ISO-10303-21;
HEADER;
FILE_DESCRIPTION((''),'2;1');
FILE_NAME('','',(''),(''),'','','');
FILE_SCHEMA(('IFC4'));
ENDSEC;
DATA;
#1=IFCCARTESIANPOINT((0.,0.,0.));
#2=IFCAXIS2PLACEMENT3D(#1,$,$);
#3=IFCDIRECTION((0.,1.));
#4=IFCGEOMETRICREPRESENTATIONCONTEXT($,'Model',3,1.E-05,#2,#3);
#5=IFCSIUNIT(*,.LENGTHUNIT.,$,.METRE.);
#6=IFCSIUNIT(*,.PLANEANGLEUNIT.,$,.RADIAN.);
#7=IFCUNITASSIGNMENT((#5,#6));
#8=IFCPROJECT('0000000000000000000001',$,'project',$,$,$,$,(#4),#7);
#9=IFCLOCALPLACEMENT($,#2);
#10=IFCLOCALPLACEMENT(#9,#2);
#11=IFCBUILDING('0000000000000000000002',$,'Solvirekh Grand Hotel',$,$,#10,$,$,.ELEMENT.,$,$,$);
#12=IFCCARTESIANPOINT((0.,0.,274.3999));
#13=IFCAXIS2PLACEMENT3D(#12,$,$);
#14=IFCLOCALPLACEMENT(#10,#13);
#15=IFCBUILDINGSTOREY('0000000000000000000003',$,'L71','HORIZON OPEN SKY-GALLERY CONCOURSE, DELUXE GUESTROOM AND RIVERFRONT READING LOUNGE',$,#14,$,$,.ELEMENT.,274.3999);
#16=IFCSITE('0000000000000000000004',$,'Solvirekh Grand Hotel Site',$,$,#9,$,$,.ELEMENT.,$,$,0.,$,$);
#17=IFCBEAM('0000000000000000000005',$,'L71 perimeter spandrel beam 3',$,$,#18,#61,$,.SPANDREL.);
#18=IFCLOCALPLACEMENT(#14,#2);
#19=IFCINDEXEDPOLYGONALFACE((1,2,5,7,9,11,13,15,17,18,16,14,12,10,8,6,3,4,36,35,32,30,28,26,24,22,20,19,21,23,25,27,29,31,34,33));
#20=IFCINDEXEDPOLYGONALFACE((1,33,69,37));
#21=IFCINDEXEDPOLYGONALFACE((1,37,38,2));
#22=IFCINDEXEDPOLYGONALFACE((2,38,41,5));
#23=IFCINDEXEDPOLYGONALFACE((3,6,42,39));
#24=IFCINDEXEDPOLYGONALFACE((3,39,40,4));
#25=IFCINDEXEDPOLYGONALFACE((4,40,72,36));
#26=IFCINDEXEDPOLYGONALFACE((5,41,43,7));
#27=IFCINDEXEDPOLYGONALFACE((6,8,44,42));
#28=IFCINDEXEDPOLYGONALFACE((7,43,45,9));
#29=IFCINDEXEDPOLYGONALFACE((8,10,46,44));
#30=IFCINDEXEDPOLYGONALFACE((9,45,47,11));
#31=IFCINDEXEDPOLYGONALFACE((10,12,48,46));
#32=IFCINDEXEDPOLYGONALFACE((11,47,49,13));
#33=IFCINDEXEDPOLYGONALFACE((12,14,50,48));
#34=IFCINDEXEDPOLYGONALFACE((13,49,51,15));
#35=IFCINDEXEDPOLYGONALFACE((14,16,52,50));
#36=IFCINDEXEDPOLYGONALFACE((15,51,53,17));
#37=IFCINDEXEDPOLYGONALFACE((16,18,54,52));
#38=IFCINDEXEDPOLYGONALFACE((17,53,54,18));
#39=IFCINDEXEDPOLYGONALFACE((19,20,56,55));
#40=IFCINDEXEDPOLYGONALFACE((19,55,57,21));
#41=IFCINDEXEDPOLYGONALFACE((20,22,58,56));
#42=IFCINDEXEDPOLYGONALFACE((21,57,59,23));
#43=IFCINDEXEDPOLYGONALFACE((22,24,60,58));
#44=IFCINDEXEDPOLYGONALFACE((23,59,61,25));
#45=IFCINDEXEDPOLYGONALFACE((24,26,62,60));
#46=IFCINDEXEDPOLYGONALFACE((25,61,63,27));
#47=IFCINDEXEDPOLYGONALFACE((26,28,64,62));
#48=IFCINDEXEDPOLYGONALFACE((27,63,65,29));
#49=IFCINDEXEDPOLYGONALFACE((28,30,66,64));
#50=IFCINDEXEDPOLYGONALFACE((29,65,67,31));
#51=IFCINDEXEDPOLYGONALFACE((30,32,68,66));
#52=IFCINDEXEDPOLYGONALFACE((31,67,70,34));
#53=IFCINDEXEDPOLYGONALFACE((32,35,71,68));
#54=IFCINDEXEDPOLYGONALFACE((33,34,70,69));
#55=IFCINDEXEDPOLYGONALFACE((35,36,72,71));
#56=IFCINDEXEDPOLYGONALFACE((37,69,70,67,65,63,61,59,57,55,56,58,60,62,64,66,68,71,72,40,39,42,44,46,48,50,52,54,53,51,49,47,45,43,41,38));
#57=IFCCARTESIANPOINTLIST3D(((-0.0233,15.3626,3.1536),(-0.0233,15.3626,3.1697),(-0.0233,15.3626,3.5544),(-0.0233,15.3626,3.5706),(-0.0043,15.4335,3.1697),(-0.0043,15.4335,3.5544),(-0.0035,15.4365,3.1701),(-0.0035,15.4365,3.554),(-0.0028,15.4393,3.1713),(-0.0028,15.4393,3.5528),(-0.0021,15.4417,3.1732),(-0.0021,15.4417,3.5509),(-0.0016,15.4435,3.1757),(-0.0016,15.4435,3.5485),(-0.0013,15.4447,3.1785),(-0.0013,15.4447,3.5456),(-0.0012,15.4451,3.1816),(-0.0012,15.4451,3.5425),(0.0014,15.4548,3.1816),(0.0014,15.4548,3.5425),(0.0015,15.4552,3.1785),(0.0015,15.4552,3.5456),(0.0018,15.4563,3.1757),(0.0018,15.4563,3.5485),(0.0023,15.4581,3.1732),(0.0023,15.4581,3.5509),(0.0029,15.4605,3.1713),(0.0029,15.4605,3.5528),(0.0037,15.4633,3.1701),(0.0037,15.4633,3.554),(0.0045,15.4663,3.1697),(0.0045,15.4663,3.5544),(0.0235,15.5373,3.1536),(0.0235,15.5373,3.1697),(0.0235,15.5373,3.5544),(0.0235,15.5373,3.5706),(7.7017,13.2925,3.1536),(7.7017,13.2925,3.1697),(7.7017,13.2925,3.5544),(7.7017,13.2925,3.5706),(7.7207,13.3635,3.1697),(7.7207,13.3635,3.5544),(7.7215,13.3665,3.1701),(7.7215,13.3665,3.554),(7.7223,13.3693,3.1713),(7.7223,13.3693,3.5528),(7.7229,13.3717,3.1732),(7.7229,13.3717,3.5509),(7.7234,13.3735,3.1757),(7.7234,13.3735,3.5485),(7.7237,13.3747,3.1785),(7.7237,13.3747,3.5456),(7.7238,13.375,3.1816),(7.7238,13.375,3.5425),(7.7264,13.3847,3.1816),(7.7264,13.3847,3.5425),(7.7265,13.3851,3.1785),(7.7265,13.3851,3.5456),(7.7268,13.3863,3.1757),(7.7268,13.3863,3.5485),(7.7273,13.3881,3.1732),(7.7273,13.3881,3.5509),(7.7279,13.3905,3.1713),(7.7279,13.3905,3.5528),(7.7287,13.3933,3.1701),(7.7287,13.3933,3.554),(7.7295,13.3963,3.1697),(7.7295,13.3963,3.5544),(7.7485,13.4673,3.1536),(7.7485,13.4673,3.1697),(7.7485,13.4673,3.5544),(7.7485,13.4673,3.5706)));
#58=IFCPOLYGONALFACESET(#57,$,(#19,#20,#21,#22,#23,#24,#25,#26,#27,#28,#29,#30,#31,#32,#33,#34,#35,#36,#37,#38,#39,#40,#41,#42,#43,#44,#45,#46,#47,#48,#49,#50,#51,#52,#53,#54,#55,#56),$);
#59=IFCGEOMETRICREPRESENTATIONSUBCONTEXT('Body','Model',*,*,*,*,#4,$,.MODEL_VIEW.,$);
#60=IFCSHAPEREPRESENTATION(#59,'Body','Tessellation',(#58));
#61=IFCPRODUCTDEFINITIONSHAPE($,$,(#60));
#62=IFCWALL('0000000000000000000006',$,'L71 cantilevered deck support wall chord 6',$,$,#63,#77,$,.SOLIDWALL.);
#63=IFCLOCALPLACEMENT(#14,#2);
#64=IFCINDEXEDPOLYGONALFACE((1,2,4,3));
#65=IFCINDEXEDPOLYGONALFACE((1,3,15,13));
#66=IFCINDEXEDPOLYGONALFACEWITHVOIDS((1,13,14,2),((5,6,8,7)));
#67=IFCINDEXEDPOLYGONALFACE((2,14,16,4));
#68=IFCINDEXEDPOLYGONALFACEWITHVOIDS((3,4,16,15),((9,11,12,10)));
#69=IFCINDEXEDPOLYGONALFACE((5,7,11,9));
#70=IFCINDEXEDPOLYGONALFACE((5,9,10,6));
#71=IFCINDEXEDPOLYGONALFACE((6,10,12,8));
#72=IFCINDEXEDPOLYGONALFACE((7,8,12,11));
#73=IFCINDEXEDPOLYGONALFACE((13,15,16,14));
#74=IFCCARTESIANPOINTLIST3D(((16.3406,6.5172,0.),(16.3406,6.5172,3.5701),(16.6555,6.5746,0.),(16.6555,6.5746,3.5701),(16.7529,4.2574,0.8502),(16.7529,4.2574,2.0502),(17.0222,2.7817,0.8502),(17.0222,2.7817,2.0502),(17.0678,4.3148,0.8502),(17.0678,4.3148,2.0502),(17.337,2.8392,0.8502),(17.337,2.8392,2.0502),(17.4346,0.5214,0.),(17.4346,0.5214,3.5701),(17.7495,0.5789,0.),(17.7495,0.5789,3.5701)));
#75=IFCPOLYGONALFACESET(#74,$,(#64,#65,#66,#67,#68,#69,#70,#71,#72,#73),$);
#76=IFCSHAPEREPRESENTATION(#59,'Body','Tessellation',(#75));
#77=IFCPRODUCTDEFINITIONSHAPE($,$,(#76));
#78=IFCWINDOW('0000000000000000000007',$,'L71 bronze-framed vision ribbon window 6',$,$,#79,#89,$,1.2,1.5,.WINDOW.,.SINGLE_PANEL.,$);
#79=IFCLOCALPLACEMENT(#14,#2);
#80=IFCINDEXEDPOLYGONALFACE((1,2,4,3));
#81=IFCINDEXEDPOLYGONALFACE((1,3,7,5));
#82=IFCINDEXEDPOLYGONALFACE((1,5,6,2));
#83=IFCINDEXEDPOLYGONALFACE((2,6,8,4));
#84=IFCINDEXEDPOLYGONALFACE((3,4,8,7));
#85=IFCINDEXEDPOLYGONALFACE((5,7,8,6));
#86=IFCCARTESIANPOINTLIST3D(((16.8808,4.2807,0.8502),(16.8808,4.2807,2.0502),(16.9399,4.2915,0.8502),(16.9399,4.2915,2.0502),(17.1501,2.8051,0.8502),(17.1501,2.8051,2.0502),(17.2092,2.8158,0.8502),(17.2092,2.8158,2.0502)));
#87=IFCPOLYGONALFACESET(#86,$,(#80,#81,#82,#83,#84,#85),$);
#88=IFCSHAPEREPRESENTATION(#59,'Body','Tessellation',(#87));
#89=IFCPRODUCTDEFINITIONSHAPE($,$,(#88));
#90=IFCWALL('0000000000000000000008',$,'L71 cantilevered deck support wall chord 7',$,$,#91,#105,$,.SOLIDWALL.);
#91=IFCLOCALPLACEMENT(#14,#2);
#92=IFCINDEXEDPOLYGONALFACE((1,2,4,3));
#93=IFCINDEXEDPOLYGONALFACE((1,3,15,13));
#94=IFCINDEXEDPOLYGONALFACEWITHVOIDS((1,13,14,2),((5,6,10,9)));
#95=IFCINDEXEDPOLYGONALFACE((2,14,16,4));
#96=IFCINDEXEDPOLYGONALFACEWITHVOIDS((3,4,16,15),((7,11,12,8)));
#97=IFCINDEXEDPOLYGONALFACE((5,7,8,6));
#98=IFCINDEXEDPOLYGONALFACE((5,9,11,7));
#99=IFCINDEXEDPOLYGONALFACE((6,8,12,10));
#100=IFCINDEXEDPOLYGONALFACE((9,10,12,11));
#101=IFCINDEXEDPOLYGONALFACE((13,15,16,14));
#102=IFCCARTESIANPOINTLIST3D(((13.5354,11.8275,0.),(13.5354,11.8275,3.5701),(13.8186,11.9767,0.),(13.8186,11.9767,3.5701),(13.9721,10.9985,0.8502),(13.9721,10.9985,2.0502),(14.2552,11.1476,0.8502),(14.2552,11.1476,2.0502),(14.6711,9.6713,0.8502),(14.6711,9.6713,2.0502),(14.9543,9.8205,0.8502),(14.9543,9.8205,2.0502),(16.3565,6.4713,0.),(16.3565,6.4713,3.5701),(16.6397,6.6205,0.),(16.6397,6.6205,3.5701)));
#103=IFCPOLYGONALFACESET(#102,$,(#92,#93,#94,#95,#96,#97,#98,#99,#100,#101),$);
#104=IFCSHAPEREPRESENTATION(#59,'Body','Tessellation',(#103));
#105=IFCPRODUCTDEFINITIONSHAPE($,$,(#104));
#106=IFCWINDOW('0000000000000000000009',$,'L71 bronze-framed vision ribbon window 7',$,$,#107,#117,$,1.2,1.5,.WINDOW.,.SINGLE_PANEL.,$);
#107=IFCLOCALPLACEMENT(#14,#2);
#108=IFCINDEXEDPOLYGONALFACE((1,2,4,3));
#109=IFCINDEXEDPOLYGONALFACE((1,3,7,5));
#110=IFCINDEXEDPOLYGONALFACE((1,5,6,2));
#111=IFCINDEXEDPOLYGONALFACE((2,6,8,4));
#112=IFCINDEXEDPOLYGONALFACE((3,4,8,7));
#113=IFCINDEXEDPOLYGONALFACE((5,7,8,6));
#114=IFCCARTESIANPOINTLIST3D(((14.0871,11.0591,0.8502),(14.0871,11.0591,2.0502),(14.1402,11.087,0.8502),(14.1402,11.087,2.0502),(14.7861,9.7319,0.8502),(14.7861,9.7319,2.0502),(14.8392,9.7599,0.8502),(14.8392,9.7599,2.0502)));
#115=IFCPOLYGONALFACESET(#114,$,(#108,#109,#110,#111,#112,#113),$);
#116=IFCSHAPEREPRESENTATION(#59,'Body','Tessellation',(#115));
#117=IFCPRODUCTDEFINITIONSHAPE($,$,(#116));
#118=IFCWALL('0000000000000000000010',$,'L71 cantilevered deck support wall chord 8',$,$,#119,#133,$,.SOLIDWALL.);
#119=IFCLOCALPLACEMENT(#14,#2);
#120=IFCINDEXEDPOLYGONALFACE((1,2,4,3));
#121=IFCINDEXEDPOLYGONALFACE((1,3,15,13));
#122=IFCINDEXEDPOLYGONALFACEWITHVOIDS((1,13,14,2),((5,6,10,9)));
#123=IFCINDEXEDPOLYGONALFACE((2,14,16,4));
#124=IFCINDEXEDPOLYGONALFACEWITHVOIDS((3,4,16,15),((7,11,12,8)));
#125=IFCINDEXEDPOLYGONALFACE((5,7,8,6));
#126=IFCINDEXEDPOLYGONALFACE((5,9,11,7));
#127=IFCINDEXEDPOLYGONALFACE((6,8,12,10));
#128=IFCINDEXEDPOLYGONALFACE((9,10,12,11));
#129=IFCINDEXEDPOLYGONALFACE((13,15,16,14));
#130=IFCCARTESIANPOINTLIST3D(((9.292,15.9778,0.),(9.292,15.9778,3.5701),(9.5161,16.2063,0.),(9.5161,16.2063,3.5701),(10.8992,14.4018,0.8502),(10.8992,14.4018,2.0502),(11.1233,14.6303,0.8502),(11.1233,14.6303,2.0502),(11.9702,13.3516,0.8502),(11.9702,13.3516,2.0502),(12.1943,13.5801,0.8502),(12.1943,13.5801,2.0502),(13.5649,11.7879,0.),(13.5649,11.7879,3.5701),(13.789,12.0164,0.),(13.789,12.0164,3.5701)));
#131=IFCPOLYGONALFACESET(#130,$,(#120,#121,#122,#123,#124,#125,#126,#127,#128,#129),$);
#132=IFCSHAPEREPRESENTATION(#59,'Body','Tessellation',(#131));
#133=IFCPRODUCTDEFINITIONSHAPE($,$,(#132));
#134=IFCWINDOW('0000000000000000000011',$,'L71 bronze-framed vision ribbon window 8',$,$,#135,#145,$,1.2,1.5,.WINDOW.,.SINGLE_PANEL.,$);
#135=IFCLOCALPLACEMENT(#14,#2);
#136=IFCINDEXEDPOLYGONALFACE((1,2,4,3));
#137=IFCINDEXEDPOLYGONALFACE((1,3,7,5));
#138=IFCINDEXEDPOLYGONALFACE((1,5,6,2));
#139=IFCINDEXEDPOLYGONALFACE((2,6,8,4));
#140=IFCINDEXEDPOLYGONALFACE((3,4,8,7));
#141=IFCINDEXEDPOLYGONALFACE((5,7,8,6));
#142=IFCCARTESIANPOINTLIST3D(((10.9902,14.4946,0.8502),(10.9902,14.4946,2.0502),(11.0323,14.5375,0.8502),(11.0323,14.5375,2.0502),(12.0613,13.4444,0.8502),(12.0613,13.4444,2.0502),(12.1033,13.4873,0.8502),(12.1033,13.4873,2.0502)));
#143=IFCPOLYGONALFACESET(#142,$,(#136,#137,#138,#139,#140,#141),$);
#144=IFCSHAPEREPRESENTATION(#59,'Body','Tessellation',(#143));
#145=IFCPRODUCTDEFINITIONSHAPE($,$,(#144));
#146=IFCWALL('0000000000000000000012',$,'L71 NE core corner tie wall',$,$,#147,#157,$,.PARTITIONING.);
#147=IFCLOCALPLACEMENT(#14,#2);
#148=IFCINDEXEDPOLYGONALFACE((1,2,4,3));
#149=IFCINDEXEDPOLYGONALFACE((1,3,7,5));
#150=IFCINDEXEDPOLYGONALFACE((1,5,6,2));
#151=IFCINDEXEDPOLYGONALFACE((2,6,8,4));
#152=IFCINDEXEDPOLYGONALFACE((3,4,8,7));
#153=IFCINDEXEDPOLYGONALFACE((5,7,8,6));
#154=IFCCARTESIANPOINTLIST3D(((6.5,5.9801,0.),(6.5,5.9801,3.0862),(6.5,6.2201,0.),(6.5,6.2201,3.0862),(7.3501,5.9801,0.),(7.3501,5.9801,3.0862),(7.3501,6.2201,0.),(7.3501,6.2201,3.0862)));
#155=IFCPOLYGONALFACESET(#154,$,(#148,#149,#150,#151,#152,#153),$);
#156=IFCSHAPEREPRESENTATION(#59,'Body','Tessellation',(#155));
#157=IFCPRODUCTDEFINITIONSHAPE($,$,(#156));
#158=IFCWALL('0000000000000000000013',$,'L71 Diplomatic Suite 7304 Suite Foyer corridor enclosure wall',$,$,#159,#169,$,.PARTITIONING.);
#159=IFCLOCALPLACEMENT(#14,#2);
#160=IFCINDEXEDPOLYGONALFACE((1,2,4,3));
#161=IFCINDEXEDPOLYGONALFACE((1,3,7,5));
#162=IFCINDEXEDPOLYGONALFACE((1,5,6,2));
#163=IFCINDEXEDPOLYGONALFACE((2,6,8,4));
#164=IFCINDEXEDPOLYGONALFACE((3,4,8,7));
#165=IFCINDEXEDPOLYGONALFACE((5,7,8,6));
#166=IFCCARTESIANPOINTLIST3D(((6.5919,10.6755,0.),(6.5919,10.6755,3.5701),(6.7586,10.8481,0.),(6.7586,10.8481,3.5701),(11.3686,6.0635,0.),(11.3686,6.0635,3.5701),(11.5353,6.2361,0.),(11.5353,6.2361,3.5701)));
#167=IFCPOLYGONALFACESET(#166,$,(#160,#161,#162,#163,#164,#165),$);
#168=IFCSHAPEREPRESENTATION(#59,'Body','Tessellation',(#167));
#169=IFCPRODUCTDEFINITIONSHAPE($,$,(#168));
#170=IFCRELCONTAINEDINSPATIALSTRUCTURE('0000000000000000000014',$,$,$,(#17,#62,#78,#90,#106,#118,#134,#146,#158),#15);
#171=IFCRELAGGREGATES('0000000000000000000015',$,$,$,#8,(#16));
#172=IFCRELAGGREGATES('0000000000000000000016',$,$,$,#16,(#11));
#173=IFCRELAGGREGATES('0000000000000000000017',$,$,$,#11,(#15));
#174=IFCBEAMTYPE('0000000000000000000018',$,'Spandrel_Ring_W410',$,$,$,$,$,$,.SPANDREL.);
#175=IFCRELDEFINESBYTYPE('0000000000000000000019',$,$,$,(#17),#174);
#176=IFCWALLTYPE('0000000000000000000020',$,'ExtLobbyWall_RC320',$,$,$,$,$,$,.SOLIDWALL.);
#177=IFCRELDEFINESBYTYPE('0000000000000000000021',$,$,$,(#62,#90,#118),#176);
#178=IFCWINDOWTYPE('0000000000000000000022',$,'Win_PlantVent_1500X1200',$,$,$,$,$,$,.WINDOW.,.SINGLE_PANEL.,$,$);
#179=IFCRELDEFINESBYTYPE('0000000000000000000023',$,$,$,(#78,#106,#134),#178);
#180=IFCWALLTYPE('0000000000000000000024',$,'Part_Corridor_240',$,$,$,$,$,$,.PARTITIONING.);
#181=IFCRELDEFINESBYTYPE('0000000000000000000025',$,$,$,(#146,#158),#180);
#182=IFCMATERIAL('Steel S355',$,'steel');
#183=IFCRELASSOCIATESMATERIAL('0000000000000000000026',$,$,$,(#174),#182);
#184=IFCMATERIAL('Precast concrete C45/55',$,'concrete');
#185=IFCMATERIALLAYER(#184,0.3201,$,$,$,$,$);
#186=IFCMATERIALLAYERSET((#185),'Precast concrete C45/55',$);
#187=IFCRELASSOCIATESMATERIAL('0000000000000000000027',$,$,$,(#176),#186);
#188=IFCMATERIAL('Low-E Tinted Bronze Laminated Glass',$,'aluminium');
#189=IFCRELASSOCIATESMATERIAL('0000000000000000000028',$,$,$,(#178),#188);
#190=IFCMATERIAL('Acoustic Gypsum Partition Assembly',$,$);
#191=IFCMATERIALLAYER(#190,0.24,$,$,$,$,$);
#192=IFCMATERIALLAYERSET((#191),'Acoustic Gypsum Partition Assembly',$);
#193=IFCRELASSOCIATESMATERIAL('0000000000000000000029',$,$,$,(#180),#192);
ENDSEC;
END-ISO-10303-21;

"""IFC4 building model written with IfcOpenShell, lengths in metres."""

from ifc_helpers import new_model, si_unit, direction, frame, frame_2d, origin, origin_2d, place, context, subcontext, project, spatial, rectangle, i_section, extrude, material, layer, layer_set, material_profile, profile_set, type_object, element, fill, save


model = new_model("IFC4")

# Units and contexts
model_context = context("Model", 3, precision=1e-05, world=origin(), true_north=direction((0.0, 1.0)))
body_context = subcontext(model_context, "Body", "Model", "MODEL_VIEW")
ifc_project = project(units=[si_unit("LENGTHUNIT", "METRE"), si_unit("PLANEANGLEUNIT", "RADIAN")], contexts=[model_context])

# Site, building, storey
site_placement = place(None, origin())
site = spatial("IfcSite", under=ifc_project, at=site_placement, Name="Solvirekh Grand Hotel Site", CompositionType="ELEMENT", RefElevation=0.0)
building_placement = place(site_placement, origin())
building = spatial("IfcBuilding", under=site, at=building_placement, Name="Solvirekh Grand Hotel", CompositionType="ELEMENT")
storey_placement = place(building_placement, frame((0.0, 0.0, 274.3999)))
storey = spatial("IfcBuildingStorey", under=building, at=storey_placement, Name="L71", Description="HORIZON OPEN SKY-GALLERY CONCOURSE, DELUXE GUESTROOM AND RIVERFRONT READING LOUNGE", CompositionType="ELEMENT", Elevation=274.3999)

# Beam
ifc_material_1 = material(Name="Steel S355", Category="steel")
ifc_material_profile_1 = material_profile(ifc_material_1, i_section(OverallWidth=0.1809, OverallDepth=0.417, WebThickness=0.01, FlangeThickness=0.0161, FilletRadius=0.012, at=origin_2d()), Name="W410X85")
ifc_profile_set_1 = profile_set([ifc_material_profile_1], Name="Steel S355")
beam_type_1 = type_object("IfcBeamType", Name="Spandrel_Ring_W410", PredefinedType="SPANDREL", material=ifc_profile_set_1)
beam_1_placement = place(storey_placement, frame((7.7251, 13.3799, 3.3621), z_axis=(-0.965922, 0.258835, 0.0), x_axis=(-0.258835, -0.965922, 0.0)))
element("IfcBeam", 1, at=beam_1_placement, inside=storey, type_object=beam_type_1, Name="L71 perimeter spandrel beam 3", PredefinedType="SPANDREL", context=body_context, shape_type="SweptSolid", body=[
    extrude(i_section(OverallWidth=0.1809, OverallDepth=0.417, WebThickness=0.01, FlangeThickness=0.0161, FilletRadius=0.012, at=origin_2d()), origin(), (0.0, 0.0, 1.0), 7.9976),
])

# Walls, openings, windows
ifc_material_2 = material(Name="Precast concrete C45/55", Category="concrete")
ifc_layer_1 = layer(ifc_material_2, 0.3201)
ifc_layer_set_1 = layer_set([ifc_layer_1], Name="Precast concrete C45/55")
wall_type_1 = type_object("IfcWallType", Name="ExtLobbyWall_RC320", PredefinedType="SOLIDWALL", material=ifc_layer_set_1)
wall_1_placement = place(storey_placement, frame((16.498, 6.5459, 0.0), z_axis=(0.0, 0.0, 1.0), x_axis=(0.179495, -0.983759, 0.0)))
wall_1 = element("IfcWall", 2, at=wall_1_placement, inside=storey, type_object=wall_type_1, Name="L71 cantilevered deck support wall chord 6", PredefinedType="SOLIDWALL", context=body_context, shape_type="SweptSolid", body=[
    extrude(rectangle(XDim=6.0947, YDim=0.3201, at=frame_2d((3.0474, 0.0))), origin(), (0.0, 0.0, 1.0), 3.5701),
])
opening_1_placement = place(wall_1_placement, frame((2.2971, 0.0, 0.8501)))
opening_1 = element("IfcOpeningElement", 3, at=opening_1_placement, cuts=wall_1, PredefinedType="OPENING", context=body_context, shape_type="SweptSolid", body=[
    extrude(rectangle(XDim=1.5, YDim=1.2, at=frame_2d((0.75, 0.6001))), frame((0.0, 0.1699, 0.0), z_axis=(0.0, -1.0, 0.0), x_axis=(1.0, 0.0, 0.0)), (0.0, 0.0, 1.0), 0.3401),
])
ifc_material_3 = material(Name="Low-E Tinted Bronze Laminated Glass", Category="aluminium")
window_type = type_object("IfcWindowType", Name="Win_PlantVent_1500X1200", PartitioningType="SINGLE_PANEL", PredefinedType="WINDOW", material=ifc_material_3)
window_1_placement = place(opening_1_placement, origin())
window_1 = element("IfcWindow", 4, at=window_1_placement, inside=storey, type_object=window_type, Name="L71 bronze-framed vision ribbon window 6", OverallHeight=1.2, OverallWidth=1.5, PartitioningType="SINGLE_PANEL", PredefinedType="WINDOW", context=body_context, shape_type="SweptSolid", body=[
    extrude(rectangle(XDim=1.5, YDim=1.2, at=frame_2d((0.75, 0.6001))), frame((0.0, 0.03, 0.0), z_axis=(0.0, -1.0, 0.0), x_axis=(1.0, 0.0, 0.0)), (0.0, 0.0, 1.0), 0.0601),
])
fill(opening_1, window_1)
wall_2_placement = place(storey_placement, frame((13.677, 11.9021, 0.0), z_axis=(0.0, 0.0, 1.0), x_axis=(0.466004, -0.884783, 0.0)))
wall_2 = element("IfcWall", 5, at=wall_2_placement, inside=storey, type_object=wall_type_1, Name="L71 cantilevered deck support wall chord 7", PredefinedType="SOLIDWALL", context=body_context, shape_type="SweptSolid", body=[
    extrude(rectangle(XDim=6.0537, YDim=0.3201, at=frame_2d((3.0269, 0.0))), origin(), (0.0, 0.0, 1.0), 3.5701),
])
opening_2_placement = place(wall_2_placement, frame((0.937, 0.0, 0.8501)))
opening_2 = element("IfcOpeningElement", 6, at=opening_2_placement, cuts=wall_2, PredefinedType="OPENING", context=body_context, shape_type="SweptSolid", body=[
    extrude(rectangle(XDim=1.5, YDim=1.2, at=frame_2d((0.75, 0.6001))), frame((0.0, 0.1699, 0.0), z_axis=(0.0, -1.0, 0.0), x_axis=(1.0, 0.0, 0.0)), (0.0, 0.0, 1.0), 0.3401),
])
window_2_placement = place(opening_2_placement, origin())
window_2 = element("IfcWindow", 7, at=window_2_placement, inside=storey, type_object=window_type, Name="L71 bronze-framed vision ribbon window 7", OverallHeight=1.2, OverallWidth=1.5, PartitioningType="SINGLE_PANEL", PredefinedType="WINDOW", context=body_context, shape_type="SweptSolid", body=[
    extrude(rectangle(XDim=1.5, YDim=1.2, at=frame_2d((0.75, 0.6001))), frame((0.0, 0.03, 0.0), z_axis=(0.0, -1.0, 0.0), x_axis=(1.0, 0.0, 0.0)), (0.0, 0.0, 1.0), 0.0601),
])
fill(opening_2, window_2)
wall_3_placement = place(storey_placement, frame((9.4041, 16.092, 0.0), z_axis=(0.0, 0.0, 1.0), x_axis=(0.714008, -0.700137, 0.0)))
wall_3 = element("IfcWall", 8, at=wall_3_placement, inside=storey, type_object=wall_type_1, Name="L71 cantilevered deck support wall chord 8", PredefinedType="SOLIDWALL", context=body_context, shape_type="SweptSolid", body=[
    extrude(rectangle(XDim=5.9844, YDim=0.3201, at=frame_2d((2.9922, 0.0))), origin(), (0.0, 0.0, 1.0), 3.5701),
])
opening_3_placement = place(wall_3_placement, frame((2.251, 0.0, 0.8501)))
opening_3 = element("IfcOpeningElement", 9, at=opening_3_placement, cuts=wall_3, PredefinedType="OPENING", context=body_context, shape_type="SweptSolid", body=[
    extrude(rectangle(XDim=1.5, YDim=1.2, at=frame_2d((0.75, 0.6001))), frame((0.0, 0.1699, 0.0), z_axis=(0.0, -1.0, 0.0), x_axis=(1.0, 0.0, 0.0)), (0.0, 0.0, 1.0), 0.3401),
])
window_3_placement = place(opening_3_placement, origin())
window_3 = element("IfcWindow", 10, at=window_3_placement, inside=storey, type_object=window_type, Name="L71 bronze-framed vision ribbon window 8", OverallHeight=1.2, OverallWidth=1.5, PartitioningType="SINGLE_PANEL", PredefinedType="WINDOW", context=body_context, shape_type="SweptSolid", body=[
    extrude(rectangle(XDim=1.5, YDim=1.2, at=frame_2d((0.75, 0.6001))), frame((0.0, 0.03, 0.0), z_axis=(0.0, -1.0, 0.0), x_axis=(1.0, 0.0, 0.0)), (0.0, 0.0, 1.0), 0.0601),
])
fill(opening_3, window_3)

# Walls
ifc_material_4 = material(Name="Acoustic Gypsum Partition Assembly")
ifc_layer_2 = layer(ifc_material_4, 0.24)
ifc_layer_set_2 = layer_set([ifc_layer_2], Name="Acoustic Gypsum Partition Assembly")
wall_type_2 = type_object("IfcWallType", Name="Part_Corridor_240", PredefinedType="PARTITIONING", material=ifc_layer_set_2)
wall_4_placement = place(storey_placement, frame((6.5, 6.1001, 0.0), z_axis=(0.0, 0.0, 1.0), x_axis=(1.0, 0.0, 0.0)))
element("IfcWall", 11, at=wall_4_placement, inside=storey, type_object=wall_type_2, Name="L71 NE core corner tie wall", PredefinedType="PARTITIONING", context=body_context, shape_type="SweptSolid", body=[
    extrude(rectangle(XDim=0.8501, YDim=0.24, at=frame_2d((0.425, 0.0))), origin(), (0.0, 0.0, 1.0), 3.0862),
])
wall_5_placement = place(storey_placement, frame((11.4519, 6.1499, 0.0), z_axis=(0.0, 0.0, 1.0), x_axis=(-0.719407, 0.694589, 0.0)))
element("IfcWall", 12, at=wall_5_placement, inside=storey, type_object=wall_type_2, Name="L71 Diplomatic Suite 7304 Suite Foyer corridor enclosure wall", PredefinedType="PARTITIONING", context=body_context, shape_type="SweptSolid", body=[
    extrude(rectangle(XDim=6.6399, YDim=0.24, at=frame_2d((3.3198, 0.0))), origin(), (0.0, 0.0, 1.0), 3.5701),
])

save(model, "model.ifc")
